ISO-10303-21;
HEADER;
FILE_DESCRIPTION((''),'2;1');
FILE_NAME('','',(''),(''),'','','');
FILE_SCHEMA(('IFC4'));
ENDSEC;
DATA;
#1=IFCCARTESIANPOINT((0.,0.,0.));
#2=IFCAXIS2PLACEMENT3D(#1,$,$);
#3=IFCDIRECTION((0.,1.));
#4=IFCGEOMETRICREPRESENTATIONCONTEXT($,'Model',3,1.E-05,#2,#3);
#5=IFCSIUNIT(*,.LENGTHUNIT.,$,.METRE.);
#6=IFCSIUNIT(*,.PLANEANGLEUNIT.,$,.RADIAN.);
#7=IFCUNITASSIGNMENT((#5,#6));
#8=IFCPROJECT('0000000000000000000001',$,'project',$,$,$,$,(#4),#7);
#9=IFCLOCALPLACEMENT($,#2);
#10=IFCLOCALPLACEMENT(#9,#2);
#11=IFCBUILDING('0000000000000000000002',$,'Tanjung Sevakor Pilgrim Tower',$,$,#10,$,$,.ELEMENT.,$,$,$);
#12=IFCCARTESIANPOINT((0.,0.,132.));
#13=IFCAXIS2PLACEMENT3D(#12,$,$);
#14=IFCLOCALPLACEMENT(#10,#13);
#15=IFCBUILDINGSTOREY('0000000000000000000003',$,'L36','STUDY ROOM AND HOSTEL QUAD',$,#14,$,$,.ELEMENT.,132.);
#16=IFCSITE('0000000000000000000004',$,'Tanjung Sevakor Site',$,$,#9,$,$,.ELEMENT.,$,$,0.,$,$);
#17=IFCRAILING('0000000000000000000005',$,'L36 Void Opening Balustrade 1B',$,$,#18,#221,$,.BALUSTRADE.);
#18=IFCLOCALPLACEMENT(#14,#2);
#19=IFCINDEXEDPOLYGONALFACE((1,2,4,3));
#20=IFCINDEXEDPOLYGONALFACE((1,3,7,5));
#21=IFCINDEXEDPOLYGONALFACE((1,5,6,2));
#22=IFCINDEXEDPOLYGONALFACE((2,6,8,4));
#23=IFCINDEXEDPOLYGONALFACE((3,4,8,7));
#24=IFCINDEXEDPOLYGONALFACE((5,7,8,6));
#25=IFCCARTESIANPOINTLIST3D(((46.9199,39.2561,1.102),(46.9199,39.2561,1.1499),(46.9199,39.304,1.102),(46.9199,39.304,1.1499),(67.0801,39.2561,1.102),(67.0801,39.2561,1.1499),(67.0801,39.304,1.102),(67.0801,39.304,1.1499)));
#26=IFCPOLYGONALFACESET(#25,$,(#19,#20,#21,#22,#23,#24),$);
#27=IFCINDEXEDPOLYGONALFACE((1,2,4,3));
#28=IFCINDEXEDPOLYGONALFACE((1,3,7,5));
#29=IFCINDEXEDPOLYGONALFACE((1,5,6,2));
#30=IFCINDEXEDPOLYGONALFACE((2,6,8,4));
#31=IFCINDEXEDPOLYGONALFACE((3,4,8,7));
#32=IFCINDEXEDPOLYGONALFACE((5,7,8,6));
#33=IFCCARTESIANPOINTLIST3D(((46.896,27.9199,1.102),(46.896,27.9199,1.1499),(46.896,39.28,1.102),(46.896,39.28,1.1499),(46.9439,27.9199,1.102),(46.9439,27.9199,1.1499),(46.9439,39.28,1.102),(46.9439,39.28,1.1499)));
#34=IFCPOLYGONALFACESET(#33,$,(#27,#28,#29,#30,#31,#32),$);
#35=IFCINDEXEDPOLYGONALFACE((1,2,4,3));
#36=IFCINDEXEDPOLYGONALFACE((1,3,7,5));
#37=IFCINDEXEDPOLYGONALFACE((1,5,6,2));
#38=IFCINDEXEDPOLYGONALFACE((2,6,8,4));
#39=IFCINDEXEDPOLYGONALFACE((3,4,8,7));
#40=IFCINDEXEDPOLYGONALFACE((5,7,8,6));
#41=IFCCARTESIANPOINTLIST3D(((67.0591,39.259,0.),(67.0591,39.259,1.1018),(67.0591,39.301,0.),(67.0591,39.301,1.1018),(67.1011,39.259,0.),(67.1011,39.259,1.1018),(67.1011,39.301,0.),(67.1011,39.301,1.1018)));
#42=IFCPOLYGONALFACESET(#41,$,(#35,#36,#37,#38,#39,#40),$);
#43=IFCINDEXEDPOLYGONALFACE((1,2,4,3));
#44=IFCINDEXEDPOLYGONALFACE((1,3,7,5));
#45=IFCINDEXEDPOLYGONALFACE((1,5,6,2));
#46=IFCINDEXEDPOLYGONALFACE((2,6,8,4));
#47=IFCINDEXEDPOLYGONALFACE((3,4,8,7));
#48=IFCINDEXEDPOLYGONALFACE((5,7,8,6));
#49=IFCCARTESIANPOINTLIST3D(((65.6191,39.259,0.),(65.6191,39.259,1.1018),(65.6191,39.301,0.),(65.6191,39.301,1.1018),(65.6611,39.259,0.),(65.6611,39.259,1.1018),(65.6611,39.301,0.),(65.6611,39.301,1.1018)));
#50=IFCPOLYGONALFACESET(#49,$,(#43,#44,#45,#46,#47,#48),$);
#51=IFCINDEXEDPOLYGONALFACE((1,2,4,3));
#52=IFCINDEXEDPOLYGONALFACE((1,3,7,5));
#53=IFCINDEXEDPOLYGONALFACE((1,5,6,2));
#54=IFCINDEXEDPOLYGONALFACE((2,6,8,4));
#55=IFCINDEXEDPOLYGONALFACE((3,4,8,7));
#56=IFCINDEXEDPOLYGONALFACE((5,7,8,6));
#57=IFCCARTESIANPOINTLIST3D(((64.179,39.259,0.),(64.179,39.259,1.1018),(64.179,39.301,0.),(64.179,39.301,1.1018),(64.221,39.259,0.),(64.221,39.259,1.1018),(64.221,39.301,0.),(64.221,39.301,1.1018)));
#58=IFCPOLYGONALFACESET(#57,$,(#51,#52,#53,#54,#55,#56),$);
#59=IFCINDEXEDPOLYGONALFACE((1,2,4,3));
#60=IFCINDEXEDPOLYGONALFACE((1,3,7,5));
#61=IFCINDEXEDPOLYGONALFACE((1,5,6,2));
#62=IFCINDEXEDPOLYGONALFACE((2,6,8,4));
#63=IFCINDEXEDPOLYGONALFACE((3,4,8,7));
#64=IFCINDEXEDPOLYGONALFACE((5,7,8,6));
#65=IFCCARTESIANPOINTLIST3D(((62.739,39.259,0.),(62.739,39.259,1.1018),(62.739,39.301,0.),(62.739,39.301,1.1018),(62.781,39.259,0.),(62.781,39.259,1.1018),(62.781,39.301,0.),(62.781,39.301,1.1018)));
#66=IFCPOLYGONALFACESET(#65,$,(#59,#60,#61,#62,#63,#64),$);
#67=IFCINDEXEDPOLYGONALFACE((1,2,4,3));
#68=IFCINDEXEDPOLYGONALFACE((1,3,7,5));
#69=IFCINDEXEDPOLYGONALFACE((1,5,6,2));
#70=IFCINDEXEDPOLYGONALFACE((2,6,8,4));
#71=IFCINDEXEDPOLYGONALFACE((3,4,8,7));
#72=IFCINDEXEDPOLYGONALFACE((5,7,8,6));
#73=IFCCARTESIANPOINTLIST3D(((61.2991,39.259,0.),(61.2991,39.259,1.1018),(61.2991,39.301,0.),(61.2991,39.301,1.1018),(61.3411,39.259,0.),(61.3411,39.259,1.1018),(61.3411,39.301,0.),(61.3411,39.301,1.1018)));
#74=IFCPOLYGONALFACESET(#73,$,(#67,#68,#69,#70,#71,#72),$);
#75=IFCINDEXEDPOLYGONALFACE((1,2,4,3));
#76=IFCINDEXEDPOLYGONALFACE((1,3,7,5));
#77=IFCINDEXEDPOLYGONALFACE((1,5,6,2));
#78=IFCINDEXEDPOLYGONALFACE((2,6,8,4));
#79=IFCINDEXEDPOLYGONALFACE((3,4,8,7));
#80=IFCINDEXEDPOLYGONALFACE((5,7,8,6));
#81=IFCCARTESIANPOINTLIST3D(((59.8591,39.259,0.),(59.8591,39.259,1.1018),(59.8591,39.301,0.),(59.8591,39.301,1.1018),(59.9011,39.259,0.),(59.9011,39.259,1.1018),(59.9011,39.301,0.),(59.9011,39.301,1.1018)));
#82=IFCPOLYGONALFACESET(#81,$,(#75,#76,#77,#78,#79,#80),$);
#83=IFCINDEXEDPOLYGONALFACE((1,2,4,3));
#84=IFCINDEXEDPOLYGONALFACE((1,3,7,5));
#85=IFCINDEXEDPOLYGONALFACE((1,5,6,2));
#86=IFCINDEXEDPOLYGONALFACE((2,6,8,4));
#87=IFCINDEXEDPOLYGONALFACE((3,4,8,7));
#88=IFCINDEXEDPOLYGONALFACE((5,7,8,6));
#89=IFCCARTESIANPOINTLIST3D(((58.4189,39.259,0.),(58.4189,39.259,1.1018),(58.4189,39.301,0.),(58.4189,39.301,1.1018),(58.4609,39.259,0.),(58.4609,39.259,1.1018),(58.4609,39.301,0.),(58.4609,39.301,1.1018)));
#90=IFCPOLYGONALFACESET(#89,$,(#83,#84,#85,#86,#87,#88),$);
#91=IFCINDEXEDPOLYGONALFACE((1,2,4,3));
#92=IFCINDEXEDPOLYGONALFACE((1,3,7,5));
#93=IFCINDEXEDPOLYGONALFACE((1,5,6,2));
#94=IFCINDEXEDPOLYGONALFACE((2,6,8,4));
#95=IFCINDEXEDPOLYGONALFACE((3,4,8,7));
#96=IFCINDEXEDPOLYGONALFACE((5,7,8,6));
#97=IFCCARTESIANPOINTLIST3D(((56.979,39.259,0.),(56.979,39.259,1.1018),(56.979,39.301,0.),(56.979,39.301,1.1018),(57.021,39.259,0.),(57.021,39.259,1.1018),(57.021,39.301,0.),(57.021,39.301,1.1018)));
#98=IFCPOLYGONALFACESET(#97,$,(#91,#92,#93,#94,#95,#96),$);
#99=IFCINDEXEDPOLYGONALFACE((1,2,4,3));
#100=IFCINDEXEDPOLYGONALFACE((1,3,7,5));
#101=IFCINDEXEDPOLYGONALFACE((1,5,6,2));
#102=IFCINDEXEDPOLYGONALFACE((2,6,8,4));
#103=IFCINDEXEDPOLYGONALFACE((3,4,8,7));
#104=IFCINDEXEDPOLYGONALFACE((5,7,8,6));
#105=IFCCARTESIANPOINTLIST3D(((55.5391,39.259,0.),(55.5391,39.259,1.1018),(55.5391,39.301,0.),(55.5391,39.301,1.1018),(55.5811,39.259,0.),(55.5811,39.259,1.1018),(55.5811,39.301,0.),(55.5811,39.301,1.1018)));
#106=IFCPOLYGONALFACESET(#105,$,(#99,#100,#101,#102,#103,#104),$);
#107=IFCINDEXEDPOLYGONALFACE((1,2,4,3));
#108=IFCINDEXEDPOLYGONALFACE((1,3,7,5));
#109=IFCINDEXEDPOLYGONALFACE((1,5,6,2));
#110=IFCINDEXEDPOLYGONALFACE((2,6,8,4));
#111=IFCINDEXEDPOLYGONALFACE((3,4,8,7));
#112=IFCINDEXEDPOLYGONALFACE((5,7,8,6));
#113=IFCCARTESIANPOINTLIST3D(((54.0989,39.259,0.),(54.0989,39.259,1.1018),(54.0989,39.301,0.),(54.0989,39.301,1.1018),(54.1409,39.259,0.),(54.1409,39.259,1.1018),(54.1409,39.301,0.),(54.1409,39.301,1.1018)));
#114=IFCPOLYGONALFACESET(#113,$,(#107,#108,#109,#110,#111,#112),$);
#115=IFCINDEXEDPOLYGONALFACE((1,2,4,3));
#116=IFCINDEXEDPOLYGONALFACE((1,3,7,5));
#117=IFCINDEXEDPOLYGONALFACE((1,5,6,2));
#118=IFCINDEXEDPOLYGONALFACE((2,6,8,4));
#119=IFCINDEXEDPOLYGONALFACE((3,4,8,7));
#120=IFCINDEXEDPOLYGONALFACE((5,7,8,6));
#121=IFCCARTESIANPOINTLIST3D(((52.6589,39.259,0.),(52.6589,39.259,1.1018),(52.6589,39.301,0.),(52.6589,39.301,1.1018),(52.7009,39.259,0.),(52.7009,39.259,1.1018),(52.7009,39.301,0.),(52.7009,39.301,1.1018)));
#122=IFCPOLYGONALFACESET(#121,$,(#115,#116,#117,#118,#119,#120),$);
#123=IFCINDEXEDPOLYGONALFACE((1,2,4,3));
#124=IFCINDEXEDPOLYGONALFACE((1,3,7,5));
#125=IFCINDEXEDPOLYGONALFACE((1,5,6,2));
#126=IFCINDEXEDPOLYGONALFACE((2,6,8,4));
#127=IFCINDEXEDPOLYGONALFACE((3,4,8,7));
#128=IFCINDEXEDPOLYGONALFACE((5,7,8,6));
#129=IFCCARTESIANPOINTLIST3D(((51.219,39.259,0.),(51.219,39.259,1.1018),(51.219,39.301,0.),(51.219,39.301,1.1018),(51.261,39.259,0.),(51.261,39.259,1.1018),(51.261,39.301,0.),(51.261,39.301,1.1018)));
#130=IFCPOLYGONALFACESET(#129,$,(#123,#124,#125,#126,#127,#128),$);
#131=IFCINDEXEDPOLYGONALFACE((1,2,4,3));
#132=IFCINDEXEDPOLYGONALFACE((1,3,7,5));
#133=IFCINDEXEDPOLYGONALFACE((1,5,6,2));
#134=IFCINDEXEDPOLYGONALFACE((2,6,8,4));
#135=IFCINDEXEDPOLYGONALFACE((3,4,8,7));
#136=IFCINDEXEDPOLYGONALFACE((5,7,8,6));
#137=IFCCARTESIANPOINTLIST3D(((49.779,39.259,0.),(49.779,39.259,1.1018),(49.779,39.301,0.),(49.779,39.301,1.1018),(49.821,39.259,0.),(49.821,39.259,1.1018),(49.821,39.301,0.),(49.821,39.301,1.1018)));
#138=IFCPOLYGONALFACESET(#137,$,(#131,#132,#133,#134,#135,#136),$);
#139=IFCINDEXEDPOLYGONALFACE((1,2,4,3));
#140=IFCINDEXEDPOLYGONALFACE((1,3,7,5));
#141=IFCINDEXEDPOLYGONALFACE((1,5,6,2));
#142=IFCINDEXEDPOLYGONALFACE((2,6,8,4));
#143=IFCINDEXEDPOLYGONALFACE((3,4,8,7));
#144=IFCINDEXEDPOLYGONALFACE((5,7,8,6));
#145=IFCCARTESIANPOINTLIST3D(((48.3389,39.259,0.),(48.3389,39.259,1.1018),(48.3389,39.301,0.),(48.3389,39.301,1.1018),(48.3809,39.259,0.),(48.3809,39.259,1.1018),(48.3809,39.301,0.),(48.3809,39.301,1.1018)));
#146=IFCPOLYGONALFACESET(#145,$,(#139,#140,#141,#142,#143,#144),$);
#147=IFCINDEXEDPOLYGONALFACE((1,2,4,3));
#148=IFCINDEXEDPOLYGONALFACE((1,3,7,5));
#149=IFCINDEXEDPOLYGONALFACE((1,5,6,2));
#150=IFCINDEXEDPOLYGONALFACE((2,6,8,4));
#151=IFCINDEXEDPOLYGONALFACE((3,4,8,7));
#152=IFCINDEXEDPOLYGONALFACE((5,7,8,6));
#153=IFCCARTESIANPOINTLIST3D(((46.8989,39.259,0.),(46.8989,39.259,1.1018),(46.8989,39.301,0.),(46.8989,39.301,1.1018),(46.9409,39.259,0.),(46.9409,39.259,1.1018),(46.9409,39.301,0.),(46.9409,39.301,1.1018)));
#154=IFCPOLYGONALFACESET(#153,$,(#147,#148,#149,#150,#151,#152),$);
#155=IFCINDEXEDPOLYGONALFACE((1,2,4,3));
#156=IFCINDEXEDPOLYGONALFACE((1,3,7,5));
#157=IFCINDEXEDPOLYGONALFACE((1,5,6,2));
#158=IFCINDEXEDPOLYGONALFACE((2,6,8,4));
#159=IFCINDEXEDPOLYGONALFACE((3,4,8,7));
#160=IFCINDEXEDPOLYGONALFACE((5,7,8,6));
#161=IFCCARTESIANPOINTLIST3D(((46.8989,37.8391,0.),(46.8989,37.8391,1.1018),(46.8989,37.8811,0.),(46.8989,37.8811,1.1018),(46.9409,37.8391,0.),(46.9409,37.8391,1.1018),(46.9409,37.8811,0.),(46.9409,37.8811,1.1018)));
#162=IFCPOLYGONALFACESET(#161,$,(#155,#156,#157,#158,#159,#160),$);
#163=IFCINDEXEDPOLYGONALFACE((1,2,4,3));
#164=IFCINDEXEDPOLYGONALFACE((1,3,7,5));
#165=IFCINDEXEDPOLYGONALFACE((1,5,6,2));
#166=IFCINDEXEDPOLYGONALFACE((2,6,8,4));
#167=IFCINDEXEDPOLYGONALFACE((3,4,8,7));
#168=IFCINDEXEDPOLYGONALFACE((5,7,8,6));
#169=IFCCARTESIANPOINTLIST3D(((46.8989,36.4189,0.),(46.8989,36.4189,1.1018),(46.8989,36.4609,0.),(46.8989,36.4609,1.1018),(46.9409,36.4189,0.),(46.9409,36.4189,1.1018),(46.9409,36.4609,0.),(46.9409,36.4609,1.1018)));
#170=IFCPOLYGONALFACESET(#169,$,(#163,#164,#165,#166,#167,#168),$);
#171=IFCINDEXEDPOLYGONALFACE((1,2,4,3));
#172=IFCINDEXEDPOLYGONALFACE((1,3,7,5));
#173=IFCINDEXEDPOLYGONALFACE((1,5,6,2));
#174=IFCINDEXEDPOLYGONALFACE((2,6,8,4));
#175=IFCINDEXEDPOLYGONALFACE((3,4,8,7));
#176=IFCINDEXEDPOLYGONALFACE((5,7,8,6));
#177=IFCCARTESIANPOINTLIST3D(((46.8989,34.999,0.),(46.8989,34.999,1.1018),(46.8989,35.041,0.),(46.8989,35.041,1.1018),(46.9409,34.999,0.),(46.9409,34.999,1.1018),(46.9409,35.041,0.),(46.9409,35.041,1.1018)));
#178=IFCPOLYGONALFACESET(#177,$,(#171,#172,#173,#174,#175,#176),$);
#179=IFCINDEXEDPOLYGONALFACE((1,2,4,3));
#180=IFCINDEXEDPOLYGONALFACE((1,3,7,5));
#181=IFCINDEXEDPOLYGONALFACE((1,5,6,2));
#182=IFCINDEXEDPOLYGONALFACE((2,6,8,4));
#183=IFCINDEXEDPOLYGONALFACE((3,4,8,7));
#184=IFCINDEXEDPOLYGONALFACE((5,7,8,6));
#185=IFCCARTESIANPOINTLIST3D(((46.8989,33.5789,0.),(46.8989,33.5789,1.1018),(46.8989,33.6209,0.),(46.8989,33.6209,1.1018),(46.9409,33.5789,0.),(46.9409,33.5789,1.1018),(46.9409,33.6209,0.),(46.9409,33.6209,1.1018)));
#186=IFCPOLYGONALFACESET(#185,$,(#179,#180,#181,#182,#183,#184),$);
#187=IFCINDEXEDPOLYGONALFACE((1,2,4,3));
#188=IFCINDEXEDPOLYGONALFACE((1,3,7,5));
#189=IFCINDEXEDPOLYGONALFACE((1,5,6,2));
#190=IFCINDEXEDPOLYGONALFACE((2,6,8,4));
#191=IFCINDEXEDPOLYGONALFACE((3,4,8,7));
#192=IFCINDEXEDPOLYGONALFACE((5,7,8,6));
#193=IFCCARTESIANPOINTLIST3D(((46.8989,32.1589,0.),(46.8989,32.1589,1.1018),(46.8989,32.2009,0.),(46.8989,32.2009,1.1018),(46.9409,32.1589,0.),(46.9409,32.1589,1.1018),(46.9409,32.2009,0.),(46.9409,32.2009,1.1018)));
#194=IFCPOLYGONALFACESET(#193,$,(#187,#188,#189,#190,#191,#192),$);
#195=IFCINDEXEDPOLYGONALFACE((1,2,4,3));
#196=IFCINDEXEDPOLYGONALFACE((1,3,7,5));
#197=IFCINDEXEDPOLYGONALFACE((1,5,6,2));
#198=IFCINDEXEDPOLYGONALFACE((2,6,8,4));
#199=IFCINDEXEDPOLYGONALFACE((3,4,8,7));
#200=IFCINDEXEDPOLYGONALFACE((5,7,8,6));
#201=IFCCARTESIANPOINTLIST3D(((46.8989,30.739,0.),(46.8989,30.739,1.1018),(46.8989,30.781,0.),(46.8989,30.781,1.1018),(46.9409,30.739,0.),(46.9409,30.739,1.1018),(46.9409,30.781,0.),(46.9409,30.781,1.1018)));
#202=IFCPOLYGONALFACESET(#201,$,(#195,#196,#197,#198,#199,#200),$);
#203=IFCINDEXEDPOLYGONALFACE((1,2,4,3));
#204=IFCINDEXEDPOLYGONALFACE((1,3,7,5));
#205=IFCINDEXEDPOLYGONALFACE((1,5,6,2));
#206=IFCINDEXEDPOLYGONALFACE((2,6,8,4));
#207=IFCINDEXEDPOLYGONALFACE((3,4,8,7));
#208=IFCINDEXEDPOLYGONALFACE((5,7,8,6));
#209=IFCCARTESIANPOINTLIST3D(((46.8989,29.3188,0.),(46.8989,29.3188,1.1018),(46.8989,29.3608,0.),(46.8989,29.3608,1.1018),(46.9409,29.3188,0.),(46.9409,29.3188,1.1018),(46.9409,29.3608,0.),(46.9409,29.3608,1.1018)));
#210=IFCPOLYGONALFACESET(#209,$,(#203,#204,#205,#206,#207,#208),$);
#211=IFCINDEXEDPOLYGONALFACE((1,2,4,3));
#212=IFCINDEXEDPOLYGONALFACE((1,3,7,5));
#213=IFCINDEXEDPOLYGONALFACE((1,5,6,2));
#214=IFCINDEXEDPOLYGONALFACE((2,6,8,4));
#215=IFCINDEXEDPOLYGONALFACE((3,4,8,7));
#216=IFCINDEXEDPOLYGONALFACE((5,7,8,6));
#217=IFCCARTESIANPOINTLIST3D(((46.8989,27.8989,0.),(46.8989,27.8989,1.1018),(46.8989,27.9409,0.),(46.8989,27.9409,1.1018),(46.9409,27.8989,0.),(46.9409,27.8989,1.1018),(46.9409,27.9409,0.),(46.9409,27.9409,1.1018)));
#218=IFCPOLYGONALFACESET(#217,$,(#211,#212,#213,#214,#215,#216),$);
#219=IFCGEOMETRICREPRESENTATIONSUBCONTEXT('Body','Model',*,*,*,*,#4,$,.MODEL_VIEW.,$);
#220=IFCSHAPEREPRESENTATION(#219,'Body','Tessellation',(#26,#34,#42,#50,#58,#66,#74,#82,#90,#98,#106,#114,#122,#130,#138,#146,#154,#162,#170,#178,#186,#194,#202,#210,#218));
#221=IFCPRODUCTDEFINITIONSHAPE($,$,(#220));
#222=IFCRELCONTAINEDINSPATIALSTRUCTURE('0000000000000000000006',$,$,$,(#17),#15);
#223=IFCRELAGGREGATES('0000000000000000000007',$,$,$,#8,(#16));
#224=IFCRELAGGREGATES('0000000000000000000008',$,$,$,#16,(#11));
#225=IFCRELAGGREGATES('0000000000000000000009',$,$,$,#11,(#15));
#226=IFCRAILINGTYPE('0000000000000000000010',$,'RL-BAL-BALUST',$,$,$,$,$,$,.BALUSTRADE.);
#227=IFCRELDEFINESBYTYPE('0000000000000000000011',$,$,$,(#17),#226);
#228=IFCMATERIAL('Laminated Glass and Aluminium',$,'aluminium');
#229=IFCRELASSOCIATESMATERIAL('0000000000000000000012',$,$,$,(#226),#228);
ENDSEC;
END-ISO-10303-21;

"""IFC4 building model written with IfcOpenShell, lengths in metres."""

from ifc_helpers import new_model, si_unit, direction, frame, origin, place, context, subcontext, project, spatial, rectangle, extrude, material, type_object, element, save


model = new_model("IFC4")

# Units and contexts
model_context = context("Model", 3, precision=1e-05, world=origin(), true_north=direction((0.0, 1.0)))
body_context = subcontext(model_context, "Body", "Model", "MODEL_VIEW")
ifc_project = project(units=[si_unit("LENGTHUNIT", "METRE"), si_unit("PLANEANGLEUNIT", "RADIAN")], contexts=[model_context])

# Site, building, storey
site_placement = place(None, origin())
site = spatial("IfcSite", under=ifc_project, at=site_placement, Name="Tanjung Sevakor Site", CompositionType="ELEMENT", RefElevation=0.0)
building_placement = place(site_placement, origin())
building = spatial("IfcBuilding", under=site, at=building_placement, Name="Tanjung Sevakor Pilgrim Tower", CompositionType="ELEMENT")
storey_placement = place(building_placement, frame((0.0, 0.0, 132.0)))
storey = spatial("IfcBuildingStorey", under=building, at=storey_placement, Name="L36", Description="STUDY ROOM AND HOSTEL QUAD", CompositionType="ELEMENT", Elevation=132.0)

# Railing
ifc_material_1 = material(Name="Laminated Glass and Aluminium", Category="aluminium")
railing_type = type_object("IfcRailingType", Name="RL-BAL-BALUST", PredefinedType="BALUSTRADE", material=ifc_material_1)
railing_1_placement = place(storey_placement, frame((67.0801, 39.28, 0.0)))
element("IfcRailing", 1, at=railing_1_placement, inside=storey, type_object=railing_type, Name="L36 Void Opening Balustrade 1B", PredefinedType="BALUSTRADE", context=body_context, shape_type="SweptSolid", body=[
    extrude(rectangle(XDim=0.0479, YDim=0.0479), frame((0.0, 0.0, 1.126), z_axis=(-1.0, 0.0, 0.0), x_axis=(0.0, -1.0, 0.0)), (0.0, 0.0, 1.0), 20.1602),
    extrude(rectangle(XDim=0.0479, YDim=0.0479), frame((-20.1602, 0.0, 1.126), z_axis=(0.0, -1.0, 0.0), x_axis=(1.0, 0.0, 0.0)), (0.0, 0.0, 1.0), 11.3601),
    extrude(rectangle(XDim=0.042, YDim=0.042), origin(), (0.0, 0.0, 1.0), 1.1018),
    extrude(rectangle(XDim=0.042, YDim=0.042), frame((-1.4399, 0.0, 0.0)), (0.0, 0.0, 1.0), 1.1018),
    extrude(rectangle(XDim=0.042, YDim=0.042), frame((-2.8801, 0.0, 0.0)), (0.0, 0.0, 1.0), 1.1018),
    extrude(rectangle(XDim=0.042, YDim=0.042), frame((-4.3201, 0.0, 0.0)), (0.0, 0.0, 1.0), 1.1018),
    extrude(rectangle(XDim=0.042, YDim=0.042), frame((-5.76, 0.0, 0.0)), (0.0, 0.0, 1.0), 1.1018),
    extrude(rectangle(XDim=0.042, YDim=0.042), frame((-7.2, 0.0, 0.0)), (0.0, 0.0, 1.0), 1.1018),
    extrude(rectangle(XDim=0.042, YDim=0.042), frame((-8.6401, 0.0, 0.0)), (0.0, 0.0, 1.0), 1.1018),
    extrude(rectangle(XDim=0.042, YDim=0.042), frame((-10.0801, 0.0, 0.0)), (0.0, 0.0, 1.0), 1.1018),
    extrude(rectangle(XDim=0.042, YDim=0.042), frame((-11.52, 0.0, 0.0)), (0.0, 0.0, 1.0), 1.1018),
    extrude(rectangle(XDim=0.042, YDim=0.042), frame((-12.9602, 0.0, 0.0)), (0.0, 0.0, 1.0), 1.1018),
    extrude(rectangle(XDim=0.042, YDim=0.042), frame((-14.4001, 0.0, 0.0)), (0.0, 0.0, 1.0), 1.1018),
    extrude(rectangle(XDim=0.042, YDim=0.042), frame((-15.8401, 0.0, 0.0)), (0.0, 0.0, 1.0), 1.1018),
    extrude(rectangle(XDim=0.042, YDim=0.042), frame((-17.28, 0.0, 0.0)), (0.0, 0.0, 1.0), 1.1018),
    extrude(rectangle(XDim=0.042, YDim=0.042), frame((-18.7202, 0.0, 0.0)), (0.0, 0.0, 1.0), 1.1018),
    extrude(rectangle(XDim=0.042, YDim=0.042), frame((-20.1602, 0.0, 0.0)), (0.0, 0.0, 1.0), 1.1018),
    extrude(rectangle(XDim=0.042, YDim=0.042), frame((-20.1602, -1.4199, 0.0)), (0.0, 0.0, 1.0), 1.1018),
    extrude(rectangle(XDim=0.042, YDim=0.042), frame((-20.1602, -2.8401, 0.0)), (0.0, 0.0, 1.0), 1.1018),
    extrude(rectangle(XDim=0.042, YDim=0.042), frame((-20.1602, -4.26, 0.0)), (0.0, 0.0, 1.0), 1.1018),
    extrude(rectangle(XDim=0.042, YDim=0.042), frame((-20.1602, -5.6802, 0.0)), (0.0, 0.0, 1.0), 1.1018),
    extrude(rectangle(XDim=0.042, YDim=0.042), frame((-20.1602, -7.1001, 0.0)), (0.0, 0.0, 1.0), 1.1018),
    extrude(rectangle(XDim=0.042, YDim=0.042), frame((-20.1602, -8.52, 0.0)), (0.0, 0.0, 1.0), 1.1018),
    extrude(rectangle(XDim=0.042, YDim=0.042), frame((-20.1602, -9.9402, 0.0)), (0.0, 0.0, 1.0), 1.1018),
    extrude(rectangle(XDim=0.042, YDim=0.042), frame((-20.1602, -11.3601, 0.0)), (0.0, 0.0, 1.0), 1.1018),
])

save(model, "model.ifc")
